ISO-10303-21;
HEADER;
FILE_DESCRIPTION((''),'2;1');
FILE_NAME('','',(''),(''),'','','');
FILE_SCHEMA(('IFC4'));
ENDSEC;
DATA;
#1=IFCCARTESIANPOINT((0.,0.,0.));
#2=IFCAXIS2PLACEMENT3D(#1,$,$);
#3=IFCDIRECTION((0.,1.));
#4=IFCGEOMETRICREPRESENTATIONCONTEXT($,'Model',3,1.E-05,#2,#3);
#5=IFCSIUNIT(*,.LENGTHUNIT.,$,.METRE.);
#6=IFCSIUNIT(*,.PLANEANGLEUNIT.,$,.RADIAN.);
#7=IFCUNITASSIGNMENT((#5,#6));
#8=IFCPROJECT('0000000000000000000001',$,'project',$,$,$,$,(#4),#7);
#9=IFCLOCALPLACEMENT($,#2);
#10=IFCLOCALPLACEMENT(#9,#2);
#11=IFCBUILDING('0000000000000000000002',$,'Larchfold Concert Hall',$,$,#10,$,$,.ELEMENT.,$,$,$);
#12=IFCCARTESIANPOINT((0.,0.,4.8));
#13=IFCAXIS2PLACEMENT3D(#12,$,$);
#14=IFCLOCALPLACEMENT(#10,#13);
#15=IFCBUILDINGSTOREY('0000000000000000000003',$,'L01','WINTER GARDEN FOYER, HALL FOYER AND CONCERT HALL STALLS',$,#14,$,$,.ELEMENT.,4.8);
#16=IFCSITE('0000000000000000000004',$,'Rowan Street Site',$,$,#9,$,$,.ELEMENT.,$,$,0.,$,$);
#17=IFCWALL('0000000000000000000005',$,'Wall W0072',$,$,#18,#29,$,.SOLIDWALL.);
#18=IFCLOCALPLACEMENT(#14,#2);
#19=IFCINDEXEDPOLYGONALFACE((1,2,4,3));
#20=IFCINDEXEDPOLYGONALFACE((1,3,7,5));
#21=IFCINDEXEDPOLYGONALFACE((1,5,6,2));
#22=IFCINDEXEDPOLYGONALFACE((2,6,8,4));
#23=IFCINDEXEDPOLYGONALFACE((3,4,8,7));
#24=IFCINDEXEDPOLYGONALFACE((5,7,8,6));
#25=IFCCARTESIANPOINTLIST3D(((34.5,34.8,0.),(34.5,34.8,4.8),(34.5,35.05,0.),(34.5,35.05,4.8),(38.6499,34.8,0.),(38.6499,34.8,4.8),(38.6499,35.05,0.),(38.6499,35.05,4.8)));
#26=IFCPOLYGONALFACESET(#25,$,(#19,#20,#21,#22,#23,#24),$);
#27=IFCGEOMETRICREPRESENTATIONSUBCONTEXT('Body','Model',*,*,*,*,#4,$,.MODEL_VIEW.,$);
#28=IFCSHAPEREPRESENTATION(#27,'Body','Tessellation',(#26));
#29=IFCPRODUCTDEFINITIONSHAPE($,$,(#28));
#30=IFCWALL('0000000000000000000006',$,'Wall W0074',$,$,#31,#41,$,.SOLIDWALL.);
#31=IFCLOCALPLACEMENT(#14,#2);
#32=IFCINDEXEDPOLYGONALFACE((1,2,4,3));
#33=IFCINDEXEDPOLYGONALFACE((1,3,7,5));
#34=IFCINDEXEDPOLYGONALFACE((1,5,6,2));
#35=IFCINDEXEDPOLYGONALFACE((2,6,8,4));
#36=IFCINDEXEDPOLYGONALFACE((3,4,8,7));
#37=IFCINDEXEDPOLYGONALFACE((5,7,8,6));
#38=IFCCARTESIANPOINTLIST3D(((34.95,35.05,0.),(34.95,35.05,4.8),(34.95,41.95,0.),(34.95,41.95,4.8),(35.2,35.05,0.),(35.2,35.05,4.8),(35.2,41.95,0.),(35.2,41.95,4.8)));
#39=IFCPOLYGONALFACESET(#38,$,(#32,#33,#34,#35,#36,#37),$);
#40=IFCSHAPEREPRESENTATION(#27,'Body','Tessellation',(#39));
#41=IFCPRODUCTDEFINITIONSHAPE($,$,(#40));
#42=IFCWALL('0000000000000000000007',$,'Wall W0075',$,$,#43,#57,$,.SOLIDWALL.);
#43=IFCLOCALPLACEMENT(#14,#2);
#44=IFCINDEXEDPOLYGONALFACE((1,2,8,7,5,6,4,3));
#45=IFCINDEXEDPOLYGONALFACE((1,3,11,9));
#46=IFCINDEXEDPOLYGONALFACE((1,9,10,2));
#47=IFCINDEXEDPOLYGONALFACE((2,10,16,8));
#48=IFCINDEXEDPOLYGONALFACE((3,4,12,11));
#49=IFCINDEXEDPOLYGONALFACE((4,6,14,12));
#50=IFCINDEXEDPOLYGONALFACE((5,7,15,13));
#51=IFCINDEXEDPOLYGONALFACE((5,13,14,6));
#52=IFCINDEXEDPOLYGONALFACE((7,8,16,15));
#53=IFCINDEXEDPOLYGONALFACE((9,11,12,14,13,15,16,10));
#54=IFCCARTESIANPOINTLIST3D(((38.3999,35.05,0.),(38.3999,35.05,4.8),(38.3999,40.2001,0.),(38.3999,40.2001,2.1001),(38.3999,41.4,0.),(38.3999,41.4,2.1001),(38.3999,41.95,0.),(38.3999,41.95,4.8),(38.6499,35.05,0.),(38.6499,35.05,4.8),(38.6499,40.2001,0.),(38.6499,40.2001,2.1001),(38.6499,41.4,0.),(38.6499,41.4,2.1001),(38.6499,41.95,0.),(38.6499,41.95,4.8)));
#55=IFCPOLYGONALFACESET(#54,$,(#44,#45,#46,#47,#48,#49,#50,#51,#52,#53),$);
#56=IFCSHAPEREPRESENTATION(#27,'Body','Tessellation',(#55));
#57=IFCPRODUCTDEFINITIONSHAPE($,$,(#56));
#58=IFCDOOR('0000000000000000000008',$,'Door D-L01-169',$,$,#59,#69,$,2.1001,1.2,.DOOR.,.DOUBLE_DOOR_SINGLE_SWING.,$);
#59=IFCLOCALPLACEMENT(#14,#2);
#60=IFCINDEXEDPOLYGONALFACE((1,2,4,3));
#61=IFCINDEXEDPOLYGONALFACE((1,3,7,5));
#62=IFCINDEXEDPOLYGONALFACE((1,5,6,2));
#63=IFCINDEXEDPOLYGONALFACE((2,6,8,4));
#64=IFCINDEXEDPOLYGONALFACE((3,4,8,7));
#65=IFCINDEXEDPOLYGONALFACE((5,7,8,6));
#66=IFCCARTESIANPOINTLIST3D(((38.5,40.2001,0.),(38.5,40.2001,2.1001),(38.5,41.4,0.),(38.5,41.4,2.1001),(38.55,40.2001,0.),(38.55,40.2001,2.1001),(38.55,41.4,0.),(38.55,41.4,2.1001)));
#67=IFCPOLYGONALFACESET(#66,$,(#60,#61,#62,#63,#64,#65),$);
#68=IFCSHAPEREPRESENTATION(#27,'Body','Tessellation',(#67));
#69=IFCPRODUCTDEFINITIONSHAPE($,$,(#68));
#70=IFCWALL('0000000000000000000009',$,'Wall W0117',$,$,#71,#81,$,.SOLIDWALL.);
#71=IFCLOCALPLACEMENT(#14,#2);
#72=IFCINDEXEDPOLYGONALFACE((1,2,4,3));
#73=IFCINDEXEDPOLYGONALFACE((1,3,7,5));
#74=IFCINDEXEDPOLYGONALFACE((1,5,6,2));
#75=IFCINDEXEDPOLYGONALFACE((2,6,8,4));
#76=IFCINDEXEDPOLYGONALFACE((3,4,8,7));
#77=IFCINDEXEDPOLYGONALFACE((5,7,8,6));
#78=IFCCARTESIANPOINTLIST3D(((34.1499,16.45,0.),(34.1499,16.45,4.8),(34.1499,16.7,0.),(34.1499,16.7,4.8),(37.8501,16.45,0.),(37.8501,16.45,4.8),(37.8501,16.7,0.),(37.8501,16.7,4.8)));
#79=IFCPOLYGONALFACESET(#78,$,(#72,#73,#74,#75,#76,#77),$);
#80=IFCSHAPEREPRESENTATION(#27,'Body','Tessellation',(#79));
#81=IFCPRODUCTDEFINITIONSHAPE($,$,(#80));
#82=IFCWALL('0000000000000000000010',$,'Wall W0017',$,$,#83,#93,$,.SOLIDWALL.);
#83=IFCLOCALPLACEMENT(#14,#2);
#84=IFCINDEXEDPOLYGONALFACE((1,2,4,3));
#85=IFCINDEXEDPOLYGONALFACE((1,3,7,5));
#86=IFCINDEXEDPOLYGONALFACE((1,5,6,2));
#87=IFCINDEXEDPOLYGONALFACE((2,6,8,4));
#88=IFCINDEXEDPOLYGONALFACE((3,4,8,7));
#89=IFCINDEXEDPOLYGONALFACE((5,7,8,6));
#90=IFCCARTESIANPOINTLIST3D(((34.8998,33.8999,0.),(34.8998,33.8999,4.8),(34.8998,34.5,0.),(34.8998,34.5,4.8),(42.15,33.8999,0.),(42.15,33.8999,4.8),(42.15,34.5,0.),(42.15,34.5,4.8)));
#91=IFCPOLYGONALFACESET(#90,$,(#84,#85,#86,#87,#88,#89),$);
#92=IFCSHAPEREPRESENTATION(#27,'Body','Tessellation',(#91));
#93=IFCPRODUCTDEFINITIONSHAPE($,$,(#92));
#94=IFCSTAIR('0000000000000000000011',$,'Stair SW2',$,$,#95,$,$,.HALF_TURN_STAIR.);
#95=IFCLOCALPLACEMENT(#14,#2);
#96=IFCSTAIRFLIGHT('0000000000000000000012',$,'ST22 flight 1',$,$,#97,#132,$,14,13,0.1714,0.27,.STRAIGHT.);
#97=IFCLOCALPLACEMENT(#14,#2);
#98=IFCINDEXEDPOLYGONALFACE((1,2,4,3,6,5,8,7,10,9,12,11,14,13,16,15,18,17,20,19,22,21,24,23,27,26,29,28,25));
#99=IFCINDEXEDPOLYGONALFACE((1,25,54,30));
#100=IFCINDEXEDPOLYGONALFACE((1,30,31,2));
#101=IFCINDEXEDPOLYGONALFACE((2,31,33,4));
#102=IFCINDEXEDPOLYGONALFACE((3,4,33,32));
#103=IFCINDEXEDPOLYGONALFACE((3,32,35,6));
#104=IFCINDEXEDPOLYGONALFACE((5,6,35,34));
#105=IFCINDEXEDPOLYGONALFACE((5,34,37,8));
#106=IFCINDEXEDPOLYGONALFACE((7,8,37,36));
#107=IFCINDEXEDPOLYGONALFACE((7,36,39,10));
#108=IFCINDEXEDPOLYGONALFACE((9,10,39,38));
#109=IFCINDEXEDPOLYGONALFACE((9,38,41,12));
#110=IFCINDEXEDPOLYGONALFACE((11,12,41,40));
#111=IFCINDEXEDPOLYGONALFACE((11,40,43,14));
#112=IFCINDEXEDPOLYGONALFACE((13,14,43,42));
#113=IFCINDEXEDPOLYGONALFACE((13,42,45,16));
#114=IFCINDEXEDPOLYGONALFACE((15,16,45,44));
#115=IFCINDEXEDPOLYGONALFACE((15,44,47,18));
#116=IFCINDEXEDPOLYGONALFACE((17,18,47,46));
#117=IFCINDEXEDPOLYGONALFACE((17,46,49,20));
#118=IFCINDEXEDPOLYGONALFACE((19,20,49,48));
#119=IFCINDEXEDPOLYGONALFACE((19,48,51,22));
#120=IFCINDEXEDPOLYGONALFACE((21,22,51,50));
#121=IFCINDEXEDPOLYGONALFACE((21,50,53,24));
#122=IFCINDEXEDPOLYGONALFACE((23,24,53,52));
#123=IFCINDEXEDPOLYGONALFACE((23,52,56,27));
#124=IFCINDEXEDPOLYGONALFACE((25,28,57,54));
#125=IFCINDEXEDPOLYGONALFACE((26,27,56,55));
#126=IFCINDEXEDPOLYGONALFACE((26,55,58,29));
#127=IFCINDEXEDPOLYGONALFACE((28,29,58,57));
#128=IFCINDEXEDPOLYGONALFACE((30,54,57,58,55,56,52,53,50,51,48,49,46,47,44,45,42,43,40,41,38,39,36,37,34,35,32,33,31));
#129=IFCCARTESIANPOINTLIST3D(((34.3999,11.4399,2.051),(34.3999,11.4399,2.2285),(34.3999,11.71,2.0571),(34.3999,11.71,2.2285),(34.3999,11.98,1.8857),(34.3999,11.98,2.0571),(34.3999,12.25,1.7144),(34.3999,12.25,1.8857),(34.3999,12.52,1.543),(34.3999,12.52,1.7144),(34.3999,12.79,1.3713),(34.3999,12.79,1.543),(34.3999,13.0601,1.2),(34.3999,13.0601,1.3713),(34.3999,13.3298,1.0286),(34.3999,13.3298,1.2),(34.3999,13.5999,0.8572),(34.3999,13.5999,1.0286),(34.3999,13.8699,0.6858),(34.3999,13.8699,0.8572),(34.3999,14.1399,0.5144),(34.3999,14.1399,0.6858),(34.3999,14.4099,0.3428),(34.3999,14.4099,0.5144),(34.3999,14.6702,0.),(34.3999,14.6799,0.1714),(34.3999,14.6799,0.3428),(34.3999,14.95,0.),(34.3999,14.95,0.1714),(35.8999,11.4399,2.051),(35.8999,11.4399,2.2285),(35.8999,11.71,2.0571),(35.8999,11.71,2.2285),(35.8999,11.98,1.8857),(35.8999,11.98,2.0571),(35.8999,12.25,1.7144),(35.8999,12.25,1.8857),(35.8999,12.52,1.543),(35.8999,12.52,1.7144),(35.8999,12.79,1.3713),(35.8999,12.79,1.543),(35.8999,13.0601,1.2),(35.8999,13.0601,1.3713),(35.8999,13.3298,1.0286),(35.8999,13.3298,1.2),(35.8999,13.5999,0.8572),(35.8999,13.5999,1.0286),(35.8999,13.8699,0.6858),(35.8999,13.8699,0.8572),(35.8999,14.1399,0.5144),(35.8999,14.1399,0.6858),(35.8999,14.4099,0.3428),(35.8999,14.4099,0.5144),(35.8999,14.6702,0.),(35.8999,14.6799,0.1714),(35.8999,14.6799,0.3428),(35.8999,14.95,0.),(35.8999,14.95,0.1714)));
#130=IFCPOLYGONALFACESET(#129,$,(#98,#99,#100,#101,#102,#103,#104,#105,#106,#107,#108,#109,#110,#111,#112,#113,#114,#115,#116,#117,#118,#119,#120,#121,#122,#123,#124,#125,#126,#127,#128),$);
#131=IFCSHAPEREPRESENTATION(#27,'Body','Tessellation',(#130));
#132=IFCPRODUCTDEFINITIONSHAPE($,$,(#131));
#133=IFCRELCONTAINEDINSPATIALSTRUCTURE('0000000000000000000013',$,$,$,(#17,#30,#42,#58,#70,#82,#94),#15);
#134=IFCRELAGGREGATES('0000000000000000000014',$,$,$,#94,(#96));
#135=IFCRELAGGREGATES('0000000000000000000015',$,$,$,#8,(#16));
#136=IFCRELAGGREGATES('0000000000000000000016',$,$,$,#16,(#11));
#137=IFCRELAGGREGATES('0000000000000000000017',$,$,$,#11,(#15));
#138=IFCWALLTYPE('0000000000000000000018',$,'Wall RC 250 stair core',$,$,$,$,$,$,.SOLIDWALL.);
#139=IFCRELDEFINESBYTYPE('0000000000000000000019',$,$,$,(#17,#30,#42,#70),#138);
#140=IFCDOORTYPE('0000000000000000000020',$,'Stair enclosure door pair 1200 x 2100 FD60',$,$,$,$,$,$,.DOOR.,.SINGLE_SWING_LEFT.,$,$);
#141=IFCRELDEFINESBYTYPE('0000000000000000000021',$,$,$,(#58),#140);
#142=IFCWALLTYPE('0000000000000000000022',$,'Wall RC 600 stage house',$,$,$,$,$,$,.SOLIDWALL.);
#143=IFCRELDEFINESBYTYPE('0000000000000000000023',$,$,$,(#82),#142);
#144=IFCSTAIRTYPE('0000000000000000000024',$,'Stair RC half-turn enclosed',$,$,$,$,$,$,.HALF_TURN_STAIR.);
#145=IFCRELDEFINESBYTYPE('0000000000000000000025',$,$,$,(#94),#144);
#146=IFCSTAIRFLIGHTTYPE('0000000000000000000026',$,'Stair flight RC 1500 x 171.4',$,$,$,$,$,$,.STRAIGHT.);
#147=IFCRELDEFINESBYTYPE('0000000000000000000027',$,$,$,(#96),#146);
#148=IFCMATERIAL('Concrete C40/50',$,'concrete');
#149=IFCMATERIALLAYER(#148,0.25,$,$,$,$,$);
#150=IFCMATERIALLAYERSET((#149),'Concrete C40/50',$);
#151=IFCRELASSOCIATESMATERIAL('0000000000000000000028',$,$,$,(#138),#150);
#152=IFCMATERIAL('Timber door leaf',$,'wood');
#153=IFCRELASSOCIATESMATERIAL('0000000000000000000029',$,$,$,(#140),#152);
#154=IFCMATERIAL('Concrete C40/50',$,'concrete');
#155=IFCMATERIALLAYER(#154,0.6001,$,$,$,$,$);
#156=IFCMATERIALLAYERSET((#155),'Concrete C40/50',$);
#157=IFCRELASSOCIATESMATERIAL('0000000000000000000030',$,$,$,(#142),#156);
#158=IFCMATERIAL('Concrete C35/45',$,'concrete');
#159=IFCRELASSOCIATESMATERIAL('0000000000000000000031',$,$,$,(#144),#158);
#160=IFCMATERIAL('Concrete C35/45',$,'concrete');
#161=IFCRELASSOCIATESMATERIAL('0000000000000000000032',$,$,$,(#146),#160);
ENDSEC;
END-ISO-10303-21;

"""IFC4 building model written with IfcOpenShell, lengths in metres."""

from ifc_helpers import new_model, si_unit, direction, frame, frame_2d, origin, place, context, subcontext, project, spatial, polyline, rectangle, outline, extrude, material, layer, layer_set, type_object, element, fill, aggregate, save


model = new_model("IFC4")

# Units and contexts
model_context = context("Model", 3, precision=1e-05, world=origin(), true_north=direction((0.0, 1.0)))
body_context = subcontext(model_context, "Body", "Model", "MODEL_VIEW")
ifc_project = project(units=[si_unit("LENGTHUNIT", "METRE"), si_unit("PLANEANGLEUNIT", "RADIAN")], contexts=[model_context])

# Site, building, storey
site_placement = place(None, origin())
site = spatial("IfcSite", under=ifc_project, at=site_placement, Name="Rowan Street Site", CompositionType="ELEMENT", RefElevation=0.0)
building_placement = place(site_placement, origin())
building = spatial("IfcBuilding", under=site, at=building_placement, Name="Larchfold Concert Hall", CompositionType="ELEMENT")
storey_placement = place(building_placement, frame((0.0, 0.0, 4.8)))
storey = spatial("IfcBuildingStorey", under=building, at=storey_placement, Name="L01", Description="WINTER GARDEN FOYER, HALL FOYER AND CONCERT HALL STALLS", CompositionType="ELEMENT", Elevation=4.8)

# Walls
ifc_material_1 = material(Name="Concrete C40/50", Category="concrete")
ifc_layer_1 = layer(ifc_material_1, 0.25)
ifc_layer_set_1 = layer_set([ifc_layer_1], Name="Concrete C40/50")
wall_type_1 = type_object("IfcWallType", Name="Wall RC 250 stair core", PredefinedType="SOLIDWALL", material=ifc_layer_set_1)
wall_1_placement = place(storey_placement, frame((34.5, 34.925, 0.0), z_axis=(0.0, 0.0, 1.0), x_axis=(1.0, 0.0, 0.0)))
element("IfcWall", 1, at=wall_1_placement, inside=storey, type_object=wall_type_1, Name="Wall W0072", PredefinedType="SOLIDWALL", context=body_context, shape_type="SweptSolid", body=[
    extrude(rectangle(XDim=4.1499, YDim=0.25, at=frame_2d((2.075, 0.0))), origin(), (0.0, 0.0, 1.0), 4.8),
])
wall_2_placement = place(storey_placement, frame((35.075, 35.05, 0.0), z_axis=(0.0, 0.0, 1.0), x_axis=(0.0, 1.0, 0.0)))
element("IfcWall", 2, at=wall_2_placement, inside=storey, type_object=wall_type_1, Name="Wall W0074", PredefinedType="SOLIDWALL", context=body_context, shape_type="SweptSolid", body=[
    extrude(rectangle(XDim=6.8999, YDim=0.25, at=frame_2d((3.45, 0.0))), origin(), (0.0, 0.0, 1.0), 4.8),
])

# Wall, opening, door
wall_3_placement = place(storey_placement, frame((38.5249, 35.05, 0.0), z_axis=(0.0, 0.0, 1.0), x_axis=(0.0, 1.0, 0.0)))
wall_3 = element("IfcWall", 3, at=wall_3_placement, inside=storey, type_object=wall_type_1, Name="Wall W0075", PredefinedType="SOLIDWALL", context=body_context, shape_type="SweptSolid", body=[
    extrude(rectangle(XDim=6.8999, YDim=0.25, at=frame_2d((3.45, 0.0))), origin(), (0.0, 0.0, 1.0), 4.8),
])
opening_placement = place(wall_3_placement, frame((5.1499, 0.0, 0.0)))
opening = element("IfcOpeningElement", 4, at=opening_placement, cuts=wall_3, PredefinedType="OPENING", context=body_context, shape_type="SweptSolid", body=[
    extrude(rectangle(XDim=1.2, YDim=2.1001, at=frame_2d((0.6001, 1.05))), frame((0.0, 0.135, 0.0), z_axis=(0.0, -1.0, 0.0), x_axis=(1.0, 0.0, 0.0)), (0.0, 0.0, 1.0), 0.27),
])
ifc_material_2 = material(Name="Timber door leaf", Category="wood")
door_type = type_object("IfcDoorType", Name="Stair enclosure door pair 1200 x 2100 FD60", OperationType="SINGLE_SWING_LEFT", PredefinedType="DOOR", material=ifc_material_2)
door_placement = place(opening_placement, origin())
door = element("IfcDoor", 5, at=door_placement, inside=storey, type_object=door_type, Name="Door D-L01-169", OperationType="DOUBLE_DOOR_SINGLE_SWING", OverallHeight=2.1001, OverallWidth=1.2, PredefinedType="DOOR", context=body_context, shape_type="SweptSolid", body=[
    extrude(rectangle(XDim=1.2, YDim=2.1001, at=frame_2d((0.6001, 1.05))), frame((0.0, 0.0249, 0.0), z_axis=(0.0, -1.0, 0.0), x_axis=(1.0, 0.0, 0.0)), (0.0, 0.0, 1.0), 0.05),
])
fill(opening, door)

# Walls
wall_4_placement = place(storey_placement, frame((34.1499, 16.575, 0.0), z_axis=(0.0, 0.0, 1.0), x_axis=(1.0, 0.0, 0.0)))
element("IfcWall", 6, at=wall_4_placement, inside=storey, type_object=wall_type_1, Name="Wall W0117", PredefinedType="SOLIDWALL", context=body_context, shape_type="SweptSolid", body=[
    extrude(rectangle(XDim=3.7002, YDim=0.25, at=frame_2d((1.8501, 0.0))), origin(), (0.0, 0.0, 1.0), 4.8),
])
ifc_material_3 = material(Name="Concrete C40/50", Category="concrete")
ifc_layer_2 = layer(ifc_material_3, 0.6001)
ifc_layer_set_2 = layer_set([ifc_layer_2], Name="Concrete C40/50")
wall_type_2 = type_object("IfcWallType", Name="Wall RC 600 stage house", PredefinedType="SOLIDWALL", material=ifc_layer_set_2)
wall_5_placement = place(storey_placement, frame((34.8999, 34.2, 0.0), z_axis=(0.0, 0.0, 1.0), x_axis=(1.0, 0.0, 0.0)))
element("IfcWall", 7, at=wall_5_placement, inside=storey, type_object=wall_type_2, Name="Wall W0017", PredefinedType="SOLIDWALL", context=body_context, shape_type="SweptSolid", body=[
    extrude(rectangle(XDim=7.2502, YDim=0.6001, at=frame_2d((3.625, 0.0))), origin(), (0.0, 0.0, 1.0), 4.8),
])

# Stair, stair flight
ifc_material_4 = material(Name="Concrete C35/45", Category="concrete")
stair_type = type_object("IfcStairType", Name="Stair RC half-turn enclosed", PredefinedType="HALF_TURN_STAIR", material=ifc_material_4)
stair_placement = place(storey_placement, origin())
stair = element("IfcStair", 8, at=stair_placement, inside=storey, type_object=stair_type, Name="Stair SW2", PredefinedType="HALF_TURN_STAIR")
ifc_material_5 = material(Name="Concrete C35/45", Category="concrete")
stair_flight_type = type_object("IfcStairFlightType", Name="Stair flight RC 1500 x 171.4", PredefinedType="STRAIGHT", material=ifc_material_5)
stair_flight_placement = place(storey_placement, frame((35.1499, 14.95, 0.0), z_axis=(0.0, 0.0, 1.0), x_axis=(0.0, -1.0, 0.0)))
stair_flight = element("IfcStairFlight", 9, at=stair_flight_placement, type_object=stair_flight_type, Name="ST22 flight 1", NumberOfRisers=14, NumberOfTreads=13, PredefinedType="STRAIGHT", RiserHeight=0.1714, TreadLength=0.27, context=body_context, shape_type="SweptSolid", body=[
    extrude(outline(polyline([(0.0, 0.0), (0.0, 0.1714), (0.27, 0.1714), (0.27, 0.3428), (0.54, 0.3428), (0.54, 0.5144), (0.8101, 0.5144), (0.8101, 0.6858), (1.0801, 0.6858), (1.0801, 0.8572), (1.3501, 0.8572), (1.3501, 1.0286), (1.6201, 1.0286), (1.6201, 1.2), (1.8899, 1.2), (1.8899, 1.3713), (2.1599, 1.3713), (2.1599, 1.543), (2.4299, 1.543), (2.4299, 1.7144), (2.7, 1.7144), (2.7, 1.8857), (2.97, 1.8857), (2.97, 2.0571), (3.24, 2.0571), (3.24, 2.2285), (3.51, 2.2285), (3.51, 2.3999), (3.51, 2.051), (0.2798, 0.0), (0.0, 0.0)])), frame((0.0, 0.75, 0.0), z_axis=(0.0, -1.0, 0.0), x_axis=(1.0, 0.0, 0.0)), (0.0, 0.0, 1.0), 1.5),
])
aggregate(stair, [stair_flight])

save(model, "model.ifc")
